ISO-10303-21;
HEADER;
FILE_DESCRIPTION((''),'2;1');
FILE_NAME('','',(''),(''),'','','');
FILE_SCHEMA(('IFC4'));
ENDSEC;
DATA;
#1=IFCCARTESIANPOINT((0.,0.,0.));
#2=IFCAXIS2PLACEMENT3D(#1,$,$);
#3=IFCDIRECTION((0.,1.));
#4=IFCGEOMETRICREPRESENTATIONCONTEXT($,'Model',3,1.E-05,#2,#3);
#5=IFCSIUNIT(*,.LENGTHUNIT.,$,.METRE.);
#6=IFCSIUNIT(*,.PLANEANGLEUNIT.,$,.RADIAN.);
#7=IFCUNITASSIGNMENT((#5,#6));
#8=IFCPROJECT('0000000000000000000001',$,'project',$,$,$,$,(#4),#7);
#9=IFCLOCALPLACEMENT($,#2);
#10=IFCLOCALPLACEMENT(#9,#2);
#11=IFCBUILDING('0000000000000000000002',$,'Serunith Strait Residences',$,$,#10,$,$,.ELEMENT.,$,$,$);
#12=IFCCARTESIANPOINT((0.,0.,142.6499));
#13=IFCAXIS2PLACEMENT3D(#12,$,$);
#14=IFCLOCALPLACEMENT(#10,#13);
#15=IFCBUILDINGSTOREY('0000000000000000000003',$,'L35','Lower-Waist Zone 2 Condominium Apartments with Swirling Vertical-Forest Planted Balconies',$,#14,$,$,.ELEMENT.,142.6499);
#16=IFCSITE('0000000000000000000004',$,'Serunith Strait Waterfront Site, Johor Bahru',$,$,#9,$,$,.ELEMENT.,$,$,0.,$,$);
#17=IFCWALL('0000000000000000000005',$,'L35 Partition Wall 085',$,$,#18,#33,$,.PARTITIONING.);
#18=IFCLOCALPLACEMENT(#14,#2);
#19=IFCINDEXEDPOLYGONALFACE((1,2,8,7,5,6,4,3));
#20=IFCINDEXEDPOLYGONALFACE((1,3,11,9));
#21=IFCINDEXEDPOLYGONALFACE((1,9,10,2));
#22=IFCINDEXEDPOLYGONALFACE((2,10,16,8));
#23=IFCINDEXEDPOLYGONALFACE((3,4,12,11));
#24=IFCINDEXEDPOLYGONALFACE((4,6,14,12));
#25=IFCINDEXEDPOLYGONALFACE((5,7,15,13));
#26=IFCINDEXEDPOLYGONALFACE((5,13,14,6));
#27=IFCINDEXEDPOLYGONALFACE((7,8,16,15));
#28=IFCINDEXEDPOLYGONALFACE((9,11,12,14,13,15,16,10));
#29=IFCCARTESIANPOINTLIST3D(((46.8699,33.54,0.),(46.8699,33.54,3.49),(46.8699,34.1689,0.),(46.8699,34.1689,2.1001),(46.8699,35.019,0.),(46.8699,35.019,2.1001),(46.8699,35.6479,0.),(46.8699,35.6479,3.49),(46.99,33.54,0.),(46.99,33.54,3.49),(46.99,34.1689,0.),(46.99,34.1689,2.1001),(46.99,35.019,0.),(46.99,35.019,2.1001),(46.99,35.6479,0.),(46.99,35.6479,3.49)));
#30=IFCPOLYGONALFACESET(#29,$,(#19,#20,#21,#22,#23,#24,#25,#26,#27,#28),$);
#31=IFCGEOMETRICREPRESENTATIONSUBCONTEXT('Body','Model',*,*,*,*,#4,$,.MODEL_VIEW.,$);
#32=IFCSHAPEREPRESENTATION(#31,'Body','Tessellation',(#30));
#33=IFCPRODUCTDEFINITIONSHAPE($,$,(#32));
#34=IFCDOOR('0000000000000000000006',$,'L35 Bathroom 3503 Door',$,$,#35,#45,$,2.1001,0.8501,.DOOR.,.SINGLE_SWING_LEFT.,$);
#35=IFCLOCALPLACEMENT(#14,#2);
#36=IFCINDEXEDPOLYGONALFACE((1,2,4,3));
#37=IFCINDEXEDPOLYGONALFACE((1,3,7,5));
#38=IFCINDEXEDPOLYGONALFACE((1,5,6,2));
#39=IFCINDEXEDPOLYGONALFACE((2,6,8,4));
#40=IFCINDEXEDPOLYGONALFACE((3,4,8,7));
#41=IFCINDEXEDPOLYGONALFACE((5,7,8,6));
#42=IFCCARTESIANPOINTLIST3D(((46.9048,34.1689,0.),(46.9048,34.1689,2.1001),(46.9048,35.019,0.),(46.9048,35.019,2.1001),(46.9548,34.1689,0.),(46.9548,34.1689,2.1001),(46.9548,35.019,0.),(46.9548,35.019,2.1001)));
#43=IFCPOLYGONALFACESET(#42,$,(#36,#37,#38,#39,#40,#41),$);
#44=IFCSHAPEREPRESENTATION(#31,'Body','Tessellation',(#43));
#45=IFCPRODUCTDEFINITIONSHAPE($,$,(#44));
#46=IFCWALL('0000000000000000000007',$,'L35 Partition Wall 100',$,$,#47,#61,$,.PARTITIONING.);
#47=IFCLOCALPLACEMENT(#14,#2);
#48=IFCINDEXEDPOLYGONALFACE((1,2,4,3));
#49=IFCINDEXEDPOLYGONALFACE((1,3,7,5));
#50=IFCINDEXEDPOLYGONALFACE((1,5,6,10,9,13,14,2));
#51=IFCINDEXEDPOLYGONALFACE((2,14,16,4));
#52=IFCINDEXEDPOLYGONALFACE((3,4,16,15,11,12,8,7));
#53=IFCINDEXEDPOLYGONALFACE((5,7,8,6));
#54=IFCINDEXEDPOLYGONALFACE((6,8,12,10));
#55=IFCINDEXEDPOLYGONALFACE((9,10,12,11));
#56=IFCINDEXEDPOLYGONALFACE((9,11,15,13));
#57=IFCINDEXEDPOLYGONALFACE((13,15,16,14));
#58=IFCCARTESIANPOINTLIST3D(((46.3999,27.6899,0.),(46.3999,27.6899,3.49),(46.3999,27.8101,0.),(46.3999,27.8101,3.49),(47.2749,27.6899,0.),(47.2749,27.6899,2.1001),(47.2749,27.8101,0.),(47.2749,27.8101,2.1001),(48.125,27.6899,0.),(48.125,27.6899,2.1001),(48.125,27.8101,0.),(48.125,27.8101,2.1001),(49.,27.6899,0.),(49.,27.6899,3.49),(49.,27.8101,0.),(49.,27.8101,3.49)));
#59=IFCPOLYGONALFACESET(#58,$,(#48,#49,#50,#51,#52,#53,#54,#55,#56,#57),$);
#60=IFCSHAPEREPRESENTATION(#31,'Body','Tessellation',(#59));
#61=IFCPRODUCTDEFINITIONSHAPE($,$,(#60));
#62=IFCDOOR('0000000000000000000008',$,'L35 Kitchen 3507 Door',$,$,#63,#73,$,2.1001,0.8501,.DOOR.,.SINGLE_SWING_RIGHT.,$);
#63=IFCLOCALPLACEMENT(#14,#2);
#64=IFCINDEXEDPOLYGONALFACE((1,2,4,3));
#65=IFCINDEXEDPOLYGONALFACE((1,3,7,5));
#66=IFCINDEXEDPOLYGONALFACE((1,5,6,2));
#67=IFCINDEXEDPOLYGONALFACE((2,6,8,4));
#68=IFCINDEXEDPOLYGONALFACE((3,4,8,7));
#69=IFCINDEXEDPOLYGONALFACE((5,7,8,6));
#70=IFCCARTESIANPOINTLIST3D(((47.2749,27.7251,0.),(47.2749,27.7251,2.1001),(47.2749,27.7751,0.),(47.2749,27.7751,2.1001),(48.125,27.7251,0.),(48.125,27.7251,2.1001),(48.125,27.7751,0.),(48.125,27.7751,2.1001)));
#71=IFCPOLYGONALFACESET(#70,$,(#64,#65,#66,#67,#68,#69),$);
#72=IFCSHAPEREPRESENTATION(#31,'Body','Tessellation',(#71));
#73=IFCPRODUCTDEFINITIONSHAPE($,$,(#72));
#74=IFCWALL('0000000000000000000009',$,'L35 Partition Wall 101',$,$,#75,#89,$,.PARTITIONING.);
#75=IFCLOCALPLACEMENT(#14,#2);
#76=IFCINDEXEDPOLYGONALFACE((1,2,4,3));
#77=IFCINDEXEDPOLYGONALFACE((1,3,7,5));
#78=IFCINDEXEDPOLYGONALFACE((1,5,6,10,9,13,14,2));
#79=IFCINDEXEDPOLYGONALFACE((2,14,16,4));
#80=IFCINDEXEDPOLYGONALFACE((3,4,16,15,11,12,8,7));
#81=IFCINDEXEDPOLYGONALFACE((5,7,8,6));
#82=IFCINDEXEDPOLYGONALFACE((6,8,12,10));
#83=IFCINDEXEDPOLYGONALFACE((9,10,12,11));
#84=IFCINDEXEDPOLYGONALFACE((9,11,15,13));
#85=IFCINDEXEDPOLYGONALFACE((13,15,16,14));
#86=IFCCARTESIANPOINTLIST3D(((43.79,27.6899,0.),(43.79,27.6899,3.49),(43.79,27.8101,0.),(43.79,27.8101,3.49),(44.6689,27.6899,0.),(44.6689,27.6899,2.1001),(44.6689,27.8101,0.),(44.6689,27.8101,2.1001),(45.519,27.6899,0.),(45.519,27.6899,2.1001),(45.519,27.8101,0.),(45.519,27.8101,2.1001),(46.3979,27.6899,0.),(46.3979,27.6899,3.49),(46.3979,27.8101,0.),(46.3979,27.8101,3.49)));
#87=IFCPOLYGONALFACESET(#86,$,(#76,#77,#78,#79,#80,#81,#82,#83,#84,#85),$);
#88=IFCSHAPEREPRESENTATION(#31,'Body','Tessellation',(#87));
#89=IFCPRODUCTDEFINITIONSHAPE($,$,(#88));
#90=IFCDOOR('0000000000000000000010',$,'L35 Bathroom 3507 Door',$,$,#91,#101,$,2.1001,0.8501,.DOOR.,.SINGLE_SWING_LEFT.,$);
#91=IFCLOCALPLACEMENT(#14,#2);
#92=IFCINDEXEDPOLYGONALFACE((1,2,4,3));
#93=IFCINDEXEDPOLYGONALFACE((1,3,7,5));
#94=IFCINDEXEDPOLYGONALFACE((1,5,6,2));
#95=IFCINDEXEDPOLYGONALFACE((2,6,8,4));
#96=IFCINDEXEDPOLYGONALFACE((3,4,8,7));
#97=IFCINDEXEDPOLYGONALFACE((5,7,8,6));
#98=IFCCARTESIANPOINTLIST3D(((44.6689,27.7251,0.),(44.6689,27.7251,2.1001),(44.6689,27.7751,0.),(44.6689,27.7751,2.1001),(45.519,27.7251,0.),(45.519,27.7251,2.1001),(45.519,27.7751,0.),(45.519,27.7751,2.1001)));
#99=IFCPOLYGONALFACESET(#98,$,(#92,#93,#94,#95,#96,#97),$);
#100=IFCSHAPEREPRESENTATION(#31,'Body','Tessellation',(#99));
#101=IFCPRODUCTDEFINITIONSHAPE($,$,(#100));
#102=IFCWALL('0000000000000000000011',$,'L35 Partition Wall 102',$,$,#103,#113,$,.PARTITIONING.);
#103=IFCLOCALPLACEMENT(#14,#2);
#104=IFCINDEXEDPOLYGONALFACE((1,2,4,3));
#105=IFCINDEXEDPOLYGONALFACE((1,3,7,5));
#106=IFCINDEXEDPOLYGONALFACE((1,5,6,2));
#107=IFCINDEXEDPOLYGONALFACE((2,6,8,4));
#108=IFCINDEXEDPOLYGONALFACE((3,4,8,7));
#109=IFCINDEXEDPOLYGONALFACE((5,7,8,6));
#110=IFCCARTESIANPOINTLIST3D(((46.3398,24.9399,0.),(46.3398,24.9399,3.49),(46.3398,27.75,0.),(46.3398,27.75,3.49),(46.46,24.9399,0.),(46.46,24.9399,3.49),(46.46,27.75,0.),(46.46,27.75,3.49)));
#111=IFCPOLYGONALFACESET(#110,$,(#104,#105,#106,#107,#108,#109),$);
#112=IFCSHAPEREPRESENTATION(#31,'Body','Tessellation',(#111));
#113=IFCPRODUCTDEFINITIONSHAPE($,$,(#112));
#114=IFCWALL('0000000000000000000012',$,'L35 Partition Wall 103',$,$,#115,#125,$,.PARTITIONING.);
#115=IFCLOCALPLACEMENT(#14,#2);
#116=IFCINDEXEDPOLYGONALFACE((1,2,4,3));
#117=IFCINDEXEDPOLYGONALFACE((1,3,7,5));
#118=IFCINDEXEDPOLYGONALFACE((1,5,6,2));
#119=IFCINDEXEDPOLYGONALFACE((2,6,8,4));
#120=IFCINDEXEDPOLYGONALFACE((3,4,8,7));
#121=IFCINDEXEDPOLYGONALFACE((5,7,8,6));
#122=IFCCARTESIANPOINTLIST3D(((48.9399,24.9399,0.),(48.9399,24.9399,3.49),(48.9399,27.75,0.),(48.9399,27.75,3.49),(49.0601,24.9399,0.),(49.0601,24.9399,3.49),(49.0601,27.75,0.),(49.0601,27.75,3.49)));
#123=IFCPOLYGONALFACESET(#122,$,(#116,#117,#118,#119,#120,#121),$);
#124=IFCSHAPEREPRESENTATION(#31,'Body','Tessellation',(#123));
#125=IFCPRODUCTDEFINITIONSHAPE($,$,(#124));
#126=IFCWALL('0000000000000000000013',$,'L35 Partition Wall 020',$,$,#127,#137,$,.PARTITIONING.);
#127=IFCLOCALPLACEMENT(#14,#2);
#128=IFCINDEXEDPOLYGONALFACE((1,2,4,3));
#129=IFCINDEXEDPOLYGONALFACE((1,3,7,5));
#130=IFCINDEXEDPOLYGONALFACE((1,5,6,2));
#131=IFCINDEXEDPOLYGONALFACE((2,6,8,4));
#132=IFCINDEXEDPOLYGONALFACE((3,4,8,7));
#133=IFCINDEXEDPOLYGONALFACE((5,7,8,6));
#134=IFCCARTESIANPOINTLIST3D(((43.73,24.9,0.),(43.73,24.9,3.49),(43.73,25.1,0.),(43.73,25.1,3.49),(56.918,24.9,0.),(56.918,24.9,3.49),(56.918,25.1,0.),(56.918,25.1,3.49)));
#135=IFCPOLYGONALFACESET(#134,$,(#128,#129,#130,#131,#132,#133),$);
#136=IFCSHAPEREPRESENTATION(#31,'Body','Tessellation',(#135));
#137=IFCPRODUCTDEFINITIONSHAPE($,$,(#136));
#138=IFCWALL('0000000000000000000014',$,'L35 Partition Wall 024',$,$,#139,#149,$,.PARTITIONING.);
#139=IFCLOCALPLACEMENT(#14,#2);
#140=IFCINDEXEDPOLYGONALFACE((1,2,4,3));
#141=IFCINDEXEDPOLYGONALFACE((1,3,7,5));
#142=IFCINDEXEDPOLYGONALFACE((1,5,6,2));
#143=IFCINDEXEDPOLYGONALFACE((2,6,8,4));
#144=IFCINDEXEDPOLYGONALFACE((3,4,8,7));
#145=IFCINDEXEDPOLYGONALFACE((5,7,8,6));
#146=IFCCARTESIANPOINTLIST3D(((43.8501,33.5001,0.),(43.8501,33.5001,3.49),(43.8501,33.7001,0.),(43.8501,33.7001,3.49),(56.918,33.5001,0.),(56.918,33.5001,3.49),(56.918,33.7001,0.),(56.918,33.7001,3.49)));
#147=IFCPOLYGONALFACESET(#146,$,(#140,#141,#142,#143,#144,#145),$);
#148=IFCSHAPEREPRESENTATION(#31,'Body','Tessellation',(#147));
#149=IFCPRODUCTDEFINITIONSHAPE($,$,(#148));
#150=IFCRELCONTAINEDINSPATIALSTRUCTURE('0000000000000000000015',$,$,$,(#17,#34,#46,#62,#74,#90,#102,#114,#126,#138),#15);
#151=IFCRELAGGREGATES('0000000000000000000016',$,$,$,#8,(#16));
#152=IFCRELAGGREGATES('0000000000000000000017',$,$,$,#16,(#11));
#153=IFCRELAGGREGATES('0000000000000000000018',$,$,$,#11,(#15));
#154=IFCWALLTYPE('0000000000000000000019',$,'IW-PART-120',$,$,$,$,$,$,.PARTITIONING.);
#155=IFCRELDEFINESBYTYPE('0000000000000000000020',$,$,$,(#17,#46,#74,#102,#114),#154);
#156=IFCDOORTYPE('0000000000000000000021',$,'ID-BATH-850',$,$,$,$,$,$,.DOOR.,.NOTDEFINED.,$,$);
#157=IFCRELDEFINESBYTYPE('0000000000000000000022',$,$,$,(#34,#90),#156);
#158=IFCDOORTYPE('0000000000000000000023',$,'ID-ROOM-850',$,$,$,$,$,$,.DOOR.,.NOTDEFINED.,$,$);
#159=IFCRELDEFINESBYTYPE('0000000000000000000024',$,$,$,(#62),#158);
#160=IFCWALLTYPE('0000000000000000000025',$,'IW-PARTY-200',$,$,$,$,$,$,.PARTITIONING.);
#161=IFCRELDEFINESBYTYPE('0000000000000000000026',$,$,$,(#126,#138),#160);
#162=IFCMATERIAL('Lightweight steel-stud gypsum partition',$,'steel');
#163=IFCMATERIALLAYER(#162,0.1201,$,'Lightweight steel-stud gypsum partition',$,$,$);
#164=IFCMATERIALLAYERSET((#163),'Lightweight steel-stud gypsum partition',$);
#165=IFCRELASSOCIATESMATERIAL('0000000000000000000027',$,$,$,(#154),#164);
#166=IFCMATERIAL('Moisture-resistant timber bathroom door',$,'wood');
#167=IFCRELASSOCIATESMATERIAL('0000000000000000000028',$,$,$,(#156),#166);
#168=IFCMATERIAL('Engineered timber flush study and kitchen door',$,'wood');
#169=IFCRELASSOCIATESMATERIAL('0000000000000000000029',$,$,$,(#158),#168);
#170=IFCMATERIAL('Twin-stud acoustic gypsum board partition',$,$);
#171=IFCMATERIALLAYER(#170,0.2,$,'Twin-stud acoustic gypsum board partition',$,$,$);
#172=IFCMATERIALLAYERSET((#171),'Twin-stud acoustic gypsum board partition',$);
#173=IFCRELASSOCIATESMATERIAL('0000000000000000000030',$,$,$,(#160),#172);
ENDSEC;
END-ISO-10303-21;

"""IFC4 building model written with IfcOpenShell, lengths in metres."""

from ifc_helpers import new_model, si_unit, direction, frame, frame_2d, origin, place, context, subcontext, project, spatial, rectangle, extrude, source, transform, mapped, material, layer, layer_set, type_object, element, fill, save


model = new_model("IFC4")

# Units and contexts
model_context = context("Model", 3, precision=1e-05, world=origin(), true_north=direction((0.0, 1.0)))
body_context = subcontext(model_context, "Body", "Model", "MODEL_VIEW")
ifc_project = project(units=[si_unit("LENGTHUNIT", "METRE"), si_unit("PLANEANGLEUNIT", "RADIAN")], contexts=[model_context])

# Site, building, storey
site_placement = place(None, origin())
site = spatial("IfcSite", under=ifc_project, at=site_placement, Name="Serunith Strait Waterfront Site, Johor Bahru", CompositionType="ELEMENT", RefElevation=0.0)
building_placement = place(site_placement, origin())
building = spatial("IfcBuilding", under=site, at=building_placement, Name="Serunith Strait Residences", CompositionType="ELEMENT")
storey_placement = place(building_placement, frame((0.0, 0.0, 142.6499)))
storey = spatial("IfcBuildingStorey", under=building, at=storey_placement, Name="L35", Description="Lower-Waist Zone 2 Condominium Apartments with Swirling Vertical-Forest Planted Balconies", CompositionType="ELEMENT", Elevation=142.6499)

# Shared definitions
ifc_material_1 = material(Name="Lightweight steel-stud gypsum partition", Category="steel")
ifc_layer_1 = layer(ifc_material_1, 0.1201, Name="Lightweight steel-stud gypsum partition")
ifc_layer_set_1 = layer_set([ifc_layer_1], Name="Lightweight steel-stud gypsum partition")
wall_type_1 = type_object("IfcWallType", Name="IW-PART-120", PredefinedType="PARTITIONING", material=ifc_layer_set_1)

# Walls, openings, doors
wall_1_placement = place(storey_placement, frame((46.9299, 35.6479, 0.0), z_axis=(0.0, 0.0, 1.0), x_axis=(0.0, -1.0, 0.0)))
wall_1 = element("IfcWall", 1, at=wall_1_placement, inside=storey, type_object=wall_type_1, Name="L35 Partition Wall 085", PredefinedType="PARTITIONING", context=body_context, shape_type="SweptSolid", body=[
    extrude(rectangle(XDim=2.1079, YDim=0.1201, at=frame_2d((1.054, 0.0))), origin(), (0.0, 0.0, 1.0), 3.49),
])
opening_1_placement = place(wall_1_placement, frame((0.6289, 0.0, 0.0)))
opening_1 = element("IfcOpeningElement", 2, at=opening_1_placement, cuts=wall_1, PredefinedType="OPENING", context=body_context, shape_type="SweptSolid", body=[
    extrude(rectangle(XDim=0.8501, YDim=2.1001, at=frame_2d((0.425, 1.05))), frame((0.0, 0.0701, 0.0), z_axis=(0.0, -1.0, 0.0), x_axis=(1.0, 0.0, 0.0)), (0.0, 0.0, 1.0), 0.1401),
])
ifc_material_2 = material(Name="Moisture-resistant timber bathroom door", Category="wood")
door_type_1 = type_object("IfcDoorType", Name="ID-BATH-850", OperationType="NOTDEFINED", PredefinedType="DOOR", material=ifc_material_2)
shared_shape_1 = source(origin(), body_context, "Body", "SweptSolid", [
    extrude(rectangle(XDim=0.8501, YDim=2.1001, at=frame_2d((0.425, 1.05))), frame((0.0, 0.0249, 0.0), z_axis=(0.0, -1.0, 0.0), x_axis=(1.0, 0.0, 0.0)), (0.0, 0.0, 1.0), 0.05),
])
door_1_placement = place(opening_1_placement, origin())
door_1 = element("IfcDoor", 3, at=door_1_placement, inside=storey, type_object=door_type_1, Name="L35 Bathroom 3503 Door", OperationType="SINGLE_SWING_LEFT", OverallHeight=2.1001, OverallWidth=0.8501, PredefinedType="DOOR", context=body_context, shape_type="MappedRepresentation", body=[
    mapped(shared_shape_1, transform((0.0, 0.0, 0.0), scale=1.0)),
])
fill(opening_1, door_1)
wall_2_placement = place(storey_placement, frame((49.0, 27.75, 0.0), z_axis=(0.0, 0.0, 1.0), x_axis=(-1.0, 0.0, 0.0)))
wall_2 = element("IfcWall", 4, at=wall_2_placement, inside=storey, type_object=wall_type_1, Name="L35 Partition Wall 100", PredefinedType="PARTITIONING", context=body_context, shape_type="SweptSolid", body=[
    extrude(rectangle(XDim=2.6001, YDim=0.1201, at=frame_2d((1.3, 0.0))), origin(), (0.0, 0.0, 1.0), 3.49),
])
opening_2_placement = place(wall_2_placement, frame((0.875, 0.0, 0.0)))
opening_2 = element("IfcOpeningElement", 5, at=opening_2_placement, cuts=wall_2, PredefinedType="OPENING", context=body_context, shape_type="SweptSolid", body=[
    extrude(rectangle(XDim=0.8501, YDim=2.1001, at=frame_2d((0.425, 1.05))), frame((0.0, 0.0701, 0.0), z_axis=(0.0, -1.0, 0.0), x_axis=(1.0, 0.0, 0.0)), (0.0, 0.0, 1.0), 0.1401),
])
ifc_material_3 = material(Name="Engineered timber flush study and kitchen door", Category="wood")
door_type_2 = type_object("IfcDoorType", Name="ID-ROOM-850", OperationType="NOTDEFINED", PredefinedType="DOOR", material=ifc_material_3)
door_2_placement = place(opening_2_placement, origin())
door_2 = element("IfcDoor", 6, at=door_2_placement, inside=storey, type_object=door_type_2, Name="L35 Kitchen 3507 Door", OperationType="SINGLE_SWING_RIGHT", OverallHeight=2.1001, OverallWidth=0.8501, PredefinedType="DOOR", context=body_context, shape_type="MappedRepresentation", body=[
    mapped(shared_shape_1, transform((0.0, 0.0, 0.0), scale=1.0)),
])
fill(opening_2, door_2)
wall_3_placement = place(storey_placement, frame((46.3979, 27.75, 0.0), z_axis=(0.0, 0.0, 1.0), x_axis=(-1.0, 0.0, 0.0)))
wall_3 = element("IfcWall", 7, at=wall_3_placement, inside=storey, type_object=wall_type_1, Name="L35 Partition Wall 101", PredefinedType="PARTITIONING", context=body_context, shape_type="SweptSolid", body=[
    extrude(rectangle(XDim=2.6079, YDim=0.1201, at=frame_2d((1.304, 0.0))), origin(), (0.0, 0.0, 1.0), 3.49),
])
opening_3_placement = place(wall_3_placement, frame((0.8789, 0.0, 0.0)))
opening_3 = element("IfcOpeningElement", 8, at=opening_3_placement, cuts=wall_3, PredefinedType="OPENING", context=body_context, shape_type="SweptSolid", body=[
    extrude(rectangle(XDim=0.8501, YDim=2.1001, at=frame_2d((0.425, 1.05))), frame((0.0, 0.0701, 0.0), z_axis=(0.0, -1.0, 0.0), x_axis=(1.0, 0.0, 0.0)), (0.0, 0.0, 1.0), 0.1401),
])
door_3_placement = place(opening_3_placement, origin())
door_3 = element("IfcDoor", 9, at=door_3_placement, inside=storey, type_object=door_type_1, Name="L35 Bathroom 3507 Door", OperationType="SINGLE_SWING_LEFT", OverallHeight=2.1001, OverallWidth=0.8501, PredefinedType="DOOR", context=body_context, shape_type="MappedRepresentation", body=[
    mapped(shared_shape_1, transform((0.0, 0.0, 0.0), scale=1.0)),
])
fill(opening_3, door_3)

# Walls
for number, where, z_axis, x_axis, name in (
    (10, (46.3999, 24.9399, 0.0), (0.0, 0.0, 1.0), (0.0, 1.0, 0.0), "L35 Partition Wall 102"),
    (11, (49.0, 24.9399, 0.0), (0.0, 0.0, 1.0), (0.0, 1.0, 0.0), "L35 Partition Wall 103"),
):
    element("IfcWall", number, at=place(storey_placement, frame(where, z_axis=z_axis, x_axis=x_axis)), inside=storey, type_object=wall_type_1, Name=name, PredefinedType="PARTITIONING", context=body_context, shape_type="SweptSolid", body=[
        extrude(rectangle(XDim=2.8101, YDim=0.1201, at=frame_2d((1.405, 0.0))), origin(), (0.0, 0.0, 1.0), 3.49),
    ])
ifc_material_4 = material(Name="Twin-stud acoustic gypsum board partition")
ifc_layer_2 = layer(ifc_material_4, 0.2, Name="Twin-stud acoustic gypsum board partition")
ifc_layer_set_2 = layer_set([ifc_layer_2], Name="Twin-stud acoustic gypsum board partition")
wall_type_2 = type_object("IfcWallType", Name="IW-PARTY-200", PredefinedType="PARTITIONING", material=ifc_layer_set_2)
wall_4_placement = place(storey_placement, frame((43.73, 25.0, 0.0), z_axis=(0.0, 0.0, 1.0), x_axis=(1.0, 0.0, 0.0)))
element("IfcWall", 12, at=wall_4_placement, inside=storey, type_object=wall_type_2, Name="L35 Partition Wall 020", PredefinedType="PARTITIONING", context=body_context, shape_type="SweptSolid", body=[
    extrude(rectangle(XDim=13.188, YDim=0.2, at=frame_2d((6.594, 0.0))), origin(), (0.0, 0.0, 1.0), 3.49),
])
wall_5_placement = place(storey_placement, frame((43.8501, 33.6001, 0.0), z_axis=(0.0, 0.0, 1.0), x_axis=(1.0, 0.0, 0.0)))
element("IfcWall", 13, at=wall_5_placement, inside=storey, type_object=wall_type_2, Name="L35 Partition Wall 024", PredefinedType="PARTITIONING", context=body_context, shape_type="SweptSolid", body=[
    extrude(rectangle(XDim=13.0679, YDim=0.2, at=frame_2d((6.5339, 0.0))), origin(), (0.0, 0.0, 1.0), 3.49),
])

save(model, "model.ifc")
